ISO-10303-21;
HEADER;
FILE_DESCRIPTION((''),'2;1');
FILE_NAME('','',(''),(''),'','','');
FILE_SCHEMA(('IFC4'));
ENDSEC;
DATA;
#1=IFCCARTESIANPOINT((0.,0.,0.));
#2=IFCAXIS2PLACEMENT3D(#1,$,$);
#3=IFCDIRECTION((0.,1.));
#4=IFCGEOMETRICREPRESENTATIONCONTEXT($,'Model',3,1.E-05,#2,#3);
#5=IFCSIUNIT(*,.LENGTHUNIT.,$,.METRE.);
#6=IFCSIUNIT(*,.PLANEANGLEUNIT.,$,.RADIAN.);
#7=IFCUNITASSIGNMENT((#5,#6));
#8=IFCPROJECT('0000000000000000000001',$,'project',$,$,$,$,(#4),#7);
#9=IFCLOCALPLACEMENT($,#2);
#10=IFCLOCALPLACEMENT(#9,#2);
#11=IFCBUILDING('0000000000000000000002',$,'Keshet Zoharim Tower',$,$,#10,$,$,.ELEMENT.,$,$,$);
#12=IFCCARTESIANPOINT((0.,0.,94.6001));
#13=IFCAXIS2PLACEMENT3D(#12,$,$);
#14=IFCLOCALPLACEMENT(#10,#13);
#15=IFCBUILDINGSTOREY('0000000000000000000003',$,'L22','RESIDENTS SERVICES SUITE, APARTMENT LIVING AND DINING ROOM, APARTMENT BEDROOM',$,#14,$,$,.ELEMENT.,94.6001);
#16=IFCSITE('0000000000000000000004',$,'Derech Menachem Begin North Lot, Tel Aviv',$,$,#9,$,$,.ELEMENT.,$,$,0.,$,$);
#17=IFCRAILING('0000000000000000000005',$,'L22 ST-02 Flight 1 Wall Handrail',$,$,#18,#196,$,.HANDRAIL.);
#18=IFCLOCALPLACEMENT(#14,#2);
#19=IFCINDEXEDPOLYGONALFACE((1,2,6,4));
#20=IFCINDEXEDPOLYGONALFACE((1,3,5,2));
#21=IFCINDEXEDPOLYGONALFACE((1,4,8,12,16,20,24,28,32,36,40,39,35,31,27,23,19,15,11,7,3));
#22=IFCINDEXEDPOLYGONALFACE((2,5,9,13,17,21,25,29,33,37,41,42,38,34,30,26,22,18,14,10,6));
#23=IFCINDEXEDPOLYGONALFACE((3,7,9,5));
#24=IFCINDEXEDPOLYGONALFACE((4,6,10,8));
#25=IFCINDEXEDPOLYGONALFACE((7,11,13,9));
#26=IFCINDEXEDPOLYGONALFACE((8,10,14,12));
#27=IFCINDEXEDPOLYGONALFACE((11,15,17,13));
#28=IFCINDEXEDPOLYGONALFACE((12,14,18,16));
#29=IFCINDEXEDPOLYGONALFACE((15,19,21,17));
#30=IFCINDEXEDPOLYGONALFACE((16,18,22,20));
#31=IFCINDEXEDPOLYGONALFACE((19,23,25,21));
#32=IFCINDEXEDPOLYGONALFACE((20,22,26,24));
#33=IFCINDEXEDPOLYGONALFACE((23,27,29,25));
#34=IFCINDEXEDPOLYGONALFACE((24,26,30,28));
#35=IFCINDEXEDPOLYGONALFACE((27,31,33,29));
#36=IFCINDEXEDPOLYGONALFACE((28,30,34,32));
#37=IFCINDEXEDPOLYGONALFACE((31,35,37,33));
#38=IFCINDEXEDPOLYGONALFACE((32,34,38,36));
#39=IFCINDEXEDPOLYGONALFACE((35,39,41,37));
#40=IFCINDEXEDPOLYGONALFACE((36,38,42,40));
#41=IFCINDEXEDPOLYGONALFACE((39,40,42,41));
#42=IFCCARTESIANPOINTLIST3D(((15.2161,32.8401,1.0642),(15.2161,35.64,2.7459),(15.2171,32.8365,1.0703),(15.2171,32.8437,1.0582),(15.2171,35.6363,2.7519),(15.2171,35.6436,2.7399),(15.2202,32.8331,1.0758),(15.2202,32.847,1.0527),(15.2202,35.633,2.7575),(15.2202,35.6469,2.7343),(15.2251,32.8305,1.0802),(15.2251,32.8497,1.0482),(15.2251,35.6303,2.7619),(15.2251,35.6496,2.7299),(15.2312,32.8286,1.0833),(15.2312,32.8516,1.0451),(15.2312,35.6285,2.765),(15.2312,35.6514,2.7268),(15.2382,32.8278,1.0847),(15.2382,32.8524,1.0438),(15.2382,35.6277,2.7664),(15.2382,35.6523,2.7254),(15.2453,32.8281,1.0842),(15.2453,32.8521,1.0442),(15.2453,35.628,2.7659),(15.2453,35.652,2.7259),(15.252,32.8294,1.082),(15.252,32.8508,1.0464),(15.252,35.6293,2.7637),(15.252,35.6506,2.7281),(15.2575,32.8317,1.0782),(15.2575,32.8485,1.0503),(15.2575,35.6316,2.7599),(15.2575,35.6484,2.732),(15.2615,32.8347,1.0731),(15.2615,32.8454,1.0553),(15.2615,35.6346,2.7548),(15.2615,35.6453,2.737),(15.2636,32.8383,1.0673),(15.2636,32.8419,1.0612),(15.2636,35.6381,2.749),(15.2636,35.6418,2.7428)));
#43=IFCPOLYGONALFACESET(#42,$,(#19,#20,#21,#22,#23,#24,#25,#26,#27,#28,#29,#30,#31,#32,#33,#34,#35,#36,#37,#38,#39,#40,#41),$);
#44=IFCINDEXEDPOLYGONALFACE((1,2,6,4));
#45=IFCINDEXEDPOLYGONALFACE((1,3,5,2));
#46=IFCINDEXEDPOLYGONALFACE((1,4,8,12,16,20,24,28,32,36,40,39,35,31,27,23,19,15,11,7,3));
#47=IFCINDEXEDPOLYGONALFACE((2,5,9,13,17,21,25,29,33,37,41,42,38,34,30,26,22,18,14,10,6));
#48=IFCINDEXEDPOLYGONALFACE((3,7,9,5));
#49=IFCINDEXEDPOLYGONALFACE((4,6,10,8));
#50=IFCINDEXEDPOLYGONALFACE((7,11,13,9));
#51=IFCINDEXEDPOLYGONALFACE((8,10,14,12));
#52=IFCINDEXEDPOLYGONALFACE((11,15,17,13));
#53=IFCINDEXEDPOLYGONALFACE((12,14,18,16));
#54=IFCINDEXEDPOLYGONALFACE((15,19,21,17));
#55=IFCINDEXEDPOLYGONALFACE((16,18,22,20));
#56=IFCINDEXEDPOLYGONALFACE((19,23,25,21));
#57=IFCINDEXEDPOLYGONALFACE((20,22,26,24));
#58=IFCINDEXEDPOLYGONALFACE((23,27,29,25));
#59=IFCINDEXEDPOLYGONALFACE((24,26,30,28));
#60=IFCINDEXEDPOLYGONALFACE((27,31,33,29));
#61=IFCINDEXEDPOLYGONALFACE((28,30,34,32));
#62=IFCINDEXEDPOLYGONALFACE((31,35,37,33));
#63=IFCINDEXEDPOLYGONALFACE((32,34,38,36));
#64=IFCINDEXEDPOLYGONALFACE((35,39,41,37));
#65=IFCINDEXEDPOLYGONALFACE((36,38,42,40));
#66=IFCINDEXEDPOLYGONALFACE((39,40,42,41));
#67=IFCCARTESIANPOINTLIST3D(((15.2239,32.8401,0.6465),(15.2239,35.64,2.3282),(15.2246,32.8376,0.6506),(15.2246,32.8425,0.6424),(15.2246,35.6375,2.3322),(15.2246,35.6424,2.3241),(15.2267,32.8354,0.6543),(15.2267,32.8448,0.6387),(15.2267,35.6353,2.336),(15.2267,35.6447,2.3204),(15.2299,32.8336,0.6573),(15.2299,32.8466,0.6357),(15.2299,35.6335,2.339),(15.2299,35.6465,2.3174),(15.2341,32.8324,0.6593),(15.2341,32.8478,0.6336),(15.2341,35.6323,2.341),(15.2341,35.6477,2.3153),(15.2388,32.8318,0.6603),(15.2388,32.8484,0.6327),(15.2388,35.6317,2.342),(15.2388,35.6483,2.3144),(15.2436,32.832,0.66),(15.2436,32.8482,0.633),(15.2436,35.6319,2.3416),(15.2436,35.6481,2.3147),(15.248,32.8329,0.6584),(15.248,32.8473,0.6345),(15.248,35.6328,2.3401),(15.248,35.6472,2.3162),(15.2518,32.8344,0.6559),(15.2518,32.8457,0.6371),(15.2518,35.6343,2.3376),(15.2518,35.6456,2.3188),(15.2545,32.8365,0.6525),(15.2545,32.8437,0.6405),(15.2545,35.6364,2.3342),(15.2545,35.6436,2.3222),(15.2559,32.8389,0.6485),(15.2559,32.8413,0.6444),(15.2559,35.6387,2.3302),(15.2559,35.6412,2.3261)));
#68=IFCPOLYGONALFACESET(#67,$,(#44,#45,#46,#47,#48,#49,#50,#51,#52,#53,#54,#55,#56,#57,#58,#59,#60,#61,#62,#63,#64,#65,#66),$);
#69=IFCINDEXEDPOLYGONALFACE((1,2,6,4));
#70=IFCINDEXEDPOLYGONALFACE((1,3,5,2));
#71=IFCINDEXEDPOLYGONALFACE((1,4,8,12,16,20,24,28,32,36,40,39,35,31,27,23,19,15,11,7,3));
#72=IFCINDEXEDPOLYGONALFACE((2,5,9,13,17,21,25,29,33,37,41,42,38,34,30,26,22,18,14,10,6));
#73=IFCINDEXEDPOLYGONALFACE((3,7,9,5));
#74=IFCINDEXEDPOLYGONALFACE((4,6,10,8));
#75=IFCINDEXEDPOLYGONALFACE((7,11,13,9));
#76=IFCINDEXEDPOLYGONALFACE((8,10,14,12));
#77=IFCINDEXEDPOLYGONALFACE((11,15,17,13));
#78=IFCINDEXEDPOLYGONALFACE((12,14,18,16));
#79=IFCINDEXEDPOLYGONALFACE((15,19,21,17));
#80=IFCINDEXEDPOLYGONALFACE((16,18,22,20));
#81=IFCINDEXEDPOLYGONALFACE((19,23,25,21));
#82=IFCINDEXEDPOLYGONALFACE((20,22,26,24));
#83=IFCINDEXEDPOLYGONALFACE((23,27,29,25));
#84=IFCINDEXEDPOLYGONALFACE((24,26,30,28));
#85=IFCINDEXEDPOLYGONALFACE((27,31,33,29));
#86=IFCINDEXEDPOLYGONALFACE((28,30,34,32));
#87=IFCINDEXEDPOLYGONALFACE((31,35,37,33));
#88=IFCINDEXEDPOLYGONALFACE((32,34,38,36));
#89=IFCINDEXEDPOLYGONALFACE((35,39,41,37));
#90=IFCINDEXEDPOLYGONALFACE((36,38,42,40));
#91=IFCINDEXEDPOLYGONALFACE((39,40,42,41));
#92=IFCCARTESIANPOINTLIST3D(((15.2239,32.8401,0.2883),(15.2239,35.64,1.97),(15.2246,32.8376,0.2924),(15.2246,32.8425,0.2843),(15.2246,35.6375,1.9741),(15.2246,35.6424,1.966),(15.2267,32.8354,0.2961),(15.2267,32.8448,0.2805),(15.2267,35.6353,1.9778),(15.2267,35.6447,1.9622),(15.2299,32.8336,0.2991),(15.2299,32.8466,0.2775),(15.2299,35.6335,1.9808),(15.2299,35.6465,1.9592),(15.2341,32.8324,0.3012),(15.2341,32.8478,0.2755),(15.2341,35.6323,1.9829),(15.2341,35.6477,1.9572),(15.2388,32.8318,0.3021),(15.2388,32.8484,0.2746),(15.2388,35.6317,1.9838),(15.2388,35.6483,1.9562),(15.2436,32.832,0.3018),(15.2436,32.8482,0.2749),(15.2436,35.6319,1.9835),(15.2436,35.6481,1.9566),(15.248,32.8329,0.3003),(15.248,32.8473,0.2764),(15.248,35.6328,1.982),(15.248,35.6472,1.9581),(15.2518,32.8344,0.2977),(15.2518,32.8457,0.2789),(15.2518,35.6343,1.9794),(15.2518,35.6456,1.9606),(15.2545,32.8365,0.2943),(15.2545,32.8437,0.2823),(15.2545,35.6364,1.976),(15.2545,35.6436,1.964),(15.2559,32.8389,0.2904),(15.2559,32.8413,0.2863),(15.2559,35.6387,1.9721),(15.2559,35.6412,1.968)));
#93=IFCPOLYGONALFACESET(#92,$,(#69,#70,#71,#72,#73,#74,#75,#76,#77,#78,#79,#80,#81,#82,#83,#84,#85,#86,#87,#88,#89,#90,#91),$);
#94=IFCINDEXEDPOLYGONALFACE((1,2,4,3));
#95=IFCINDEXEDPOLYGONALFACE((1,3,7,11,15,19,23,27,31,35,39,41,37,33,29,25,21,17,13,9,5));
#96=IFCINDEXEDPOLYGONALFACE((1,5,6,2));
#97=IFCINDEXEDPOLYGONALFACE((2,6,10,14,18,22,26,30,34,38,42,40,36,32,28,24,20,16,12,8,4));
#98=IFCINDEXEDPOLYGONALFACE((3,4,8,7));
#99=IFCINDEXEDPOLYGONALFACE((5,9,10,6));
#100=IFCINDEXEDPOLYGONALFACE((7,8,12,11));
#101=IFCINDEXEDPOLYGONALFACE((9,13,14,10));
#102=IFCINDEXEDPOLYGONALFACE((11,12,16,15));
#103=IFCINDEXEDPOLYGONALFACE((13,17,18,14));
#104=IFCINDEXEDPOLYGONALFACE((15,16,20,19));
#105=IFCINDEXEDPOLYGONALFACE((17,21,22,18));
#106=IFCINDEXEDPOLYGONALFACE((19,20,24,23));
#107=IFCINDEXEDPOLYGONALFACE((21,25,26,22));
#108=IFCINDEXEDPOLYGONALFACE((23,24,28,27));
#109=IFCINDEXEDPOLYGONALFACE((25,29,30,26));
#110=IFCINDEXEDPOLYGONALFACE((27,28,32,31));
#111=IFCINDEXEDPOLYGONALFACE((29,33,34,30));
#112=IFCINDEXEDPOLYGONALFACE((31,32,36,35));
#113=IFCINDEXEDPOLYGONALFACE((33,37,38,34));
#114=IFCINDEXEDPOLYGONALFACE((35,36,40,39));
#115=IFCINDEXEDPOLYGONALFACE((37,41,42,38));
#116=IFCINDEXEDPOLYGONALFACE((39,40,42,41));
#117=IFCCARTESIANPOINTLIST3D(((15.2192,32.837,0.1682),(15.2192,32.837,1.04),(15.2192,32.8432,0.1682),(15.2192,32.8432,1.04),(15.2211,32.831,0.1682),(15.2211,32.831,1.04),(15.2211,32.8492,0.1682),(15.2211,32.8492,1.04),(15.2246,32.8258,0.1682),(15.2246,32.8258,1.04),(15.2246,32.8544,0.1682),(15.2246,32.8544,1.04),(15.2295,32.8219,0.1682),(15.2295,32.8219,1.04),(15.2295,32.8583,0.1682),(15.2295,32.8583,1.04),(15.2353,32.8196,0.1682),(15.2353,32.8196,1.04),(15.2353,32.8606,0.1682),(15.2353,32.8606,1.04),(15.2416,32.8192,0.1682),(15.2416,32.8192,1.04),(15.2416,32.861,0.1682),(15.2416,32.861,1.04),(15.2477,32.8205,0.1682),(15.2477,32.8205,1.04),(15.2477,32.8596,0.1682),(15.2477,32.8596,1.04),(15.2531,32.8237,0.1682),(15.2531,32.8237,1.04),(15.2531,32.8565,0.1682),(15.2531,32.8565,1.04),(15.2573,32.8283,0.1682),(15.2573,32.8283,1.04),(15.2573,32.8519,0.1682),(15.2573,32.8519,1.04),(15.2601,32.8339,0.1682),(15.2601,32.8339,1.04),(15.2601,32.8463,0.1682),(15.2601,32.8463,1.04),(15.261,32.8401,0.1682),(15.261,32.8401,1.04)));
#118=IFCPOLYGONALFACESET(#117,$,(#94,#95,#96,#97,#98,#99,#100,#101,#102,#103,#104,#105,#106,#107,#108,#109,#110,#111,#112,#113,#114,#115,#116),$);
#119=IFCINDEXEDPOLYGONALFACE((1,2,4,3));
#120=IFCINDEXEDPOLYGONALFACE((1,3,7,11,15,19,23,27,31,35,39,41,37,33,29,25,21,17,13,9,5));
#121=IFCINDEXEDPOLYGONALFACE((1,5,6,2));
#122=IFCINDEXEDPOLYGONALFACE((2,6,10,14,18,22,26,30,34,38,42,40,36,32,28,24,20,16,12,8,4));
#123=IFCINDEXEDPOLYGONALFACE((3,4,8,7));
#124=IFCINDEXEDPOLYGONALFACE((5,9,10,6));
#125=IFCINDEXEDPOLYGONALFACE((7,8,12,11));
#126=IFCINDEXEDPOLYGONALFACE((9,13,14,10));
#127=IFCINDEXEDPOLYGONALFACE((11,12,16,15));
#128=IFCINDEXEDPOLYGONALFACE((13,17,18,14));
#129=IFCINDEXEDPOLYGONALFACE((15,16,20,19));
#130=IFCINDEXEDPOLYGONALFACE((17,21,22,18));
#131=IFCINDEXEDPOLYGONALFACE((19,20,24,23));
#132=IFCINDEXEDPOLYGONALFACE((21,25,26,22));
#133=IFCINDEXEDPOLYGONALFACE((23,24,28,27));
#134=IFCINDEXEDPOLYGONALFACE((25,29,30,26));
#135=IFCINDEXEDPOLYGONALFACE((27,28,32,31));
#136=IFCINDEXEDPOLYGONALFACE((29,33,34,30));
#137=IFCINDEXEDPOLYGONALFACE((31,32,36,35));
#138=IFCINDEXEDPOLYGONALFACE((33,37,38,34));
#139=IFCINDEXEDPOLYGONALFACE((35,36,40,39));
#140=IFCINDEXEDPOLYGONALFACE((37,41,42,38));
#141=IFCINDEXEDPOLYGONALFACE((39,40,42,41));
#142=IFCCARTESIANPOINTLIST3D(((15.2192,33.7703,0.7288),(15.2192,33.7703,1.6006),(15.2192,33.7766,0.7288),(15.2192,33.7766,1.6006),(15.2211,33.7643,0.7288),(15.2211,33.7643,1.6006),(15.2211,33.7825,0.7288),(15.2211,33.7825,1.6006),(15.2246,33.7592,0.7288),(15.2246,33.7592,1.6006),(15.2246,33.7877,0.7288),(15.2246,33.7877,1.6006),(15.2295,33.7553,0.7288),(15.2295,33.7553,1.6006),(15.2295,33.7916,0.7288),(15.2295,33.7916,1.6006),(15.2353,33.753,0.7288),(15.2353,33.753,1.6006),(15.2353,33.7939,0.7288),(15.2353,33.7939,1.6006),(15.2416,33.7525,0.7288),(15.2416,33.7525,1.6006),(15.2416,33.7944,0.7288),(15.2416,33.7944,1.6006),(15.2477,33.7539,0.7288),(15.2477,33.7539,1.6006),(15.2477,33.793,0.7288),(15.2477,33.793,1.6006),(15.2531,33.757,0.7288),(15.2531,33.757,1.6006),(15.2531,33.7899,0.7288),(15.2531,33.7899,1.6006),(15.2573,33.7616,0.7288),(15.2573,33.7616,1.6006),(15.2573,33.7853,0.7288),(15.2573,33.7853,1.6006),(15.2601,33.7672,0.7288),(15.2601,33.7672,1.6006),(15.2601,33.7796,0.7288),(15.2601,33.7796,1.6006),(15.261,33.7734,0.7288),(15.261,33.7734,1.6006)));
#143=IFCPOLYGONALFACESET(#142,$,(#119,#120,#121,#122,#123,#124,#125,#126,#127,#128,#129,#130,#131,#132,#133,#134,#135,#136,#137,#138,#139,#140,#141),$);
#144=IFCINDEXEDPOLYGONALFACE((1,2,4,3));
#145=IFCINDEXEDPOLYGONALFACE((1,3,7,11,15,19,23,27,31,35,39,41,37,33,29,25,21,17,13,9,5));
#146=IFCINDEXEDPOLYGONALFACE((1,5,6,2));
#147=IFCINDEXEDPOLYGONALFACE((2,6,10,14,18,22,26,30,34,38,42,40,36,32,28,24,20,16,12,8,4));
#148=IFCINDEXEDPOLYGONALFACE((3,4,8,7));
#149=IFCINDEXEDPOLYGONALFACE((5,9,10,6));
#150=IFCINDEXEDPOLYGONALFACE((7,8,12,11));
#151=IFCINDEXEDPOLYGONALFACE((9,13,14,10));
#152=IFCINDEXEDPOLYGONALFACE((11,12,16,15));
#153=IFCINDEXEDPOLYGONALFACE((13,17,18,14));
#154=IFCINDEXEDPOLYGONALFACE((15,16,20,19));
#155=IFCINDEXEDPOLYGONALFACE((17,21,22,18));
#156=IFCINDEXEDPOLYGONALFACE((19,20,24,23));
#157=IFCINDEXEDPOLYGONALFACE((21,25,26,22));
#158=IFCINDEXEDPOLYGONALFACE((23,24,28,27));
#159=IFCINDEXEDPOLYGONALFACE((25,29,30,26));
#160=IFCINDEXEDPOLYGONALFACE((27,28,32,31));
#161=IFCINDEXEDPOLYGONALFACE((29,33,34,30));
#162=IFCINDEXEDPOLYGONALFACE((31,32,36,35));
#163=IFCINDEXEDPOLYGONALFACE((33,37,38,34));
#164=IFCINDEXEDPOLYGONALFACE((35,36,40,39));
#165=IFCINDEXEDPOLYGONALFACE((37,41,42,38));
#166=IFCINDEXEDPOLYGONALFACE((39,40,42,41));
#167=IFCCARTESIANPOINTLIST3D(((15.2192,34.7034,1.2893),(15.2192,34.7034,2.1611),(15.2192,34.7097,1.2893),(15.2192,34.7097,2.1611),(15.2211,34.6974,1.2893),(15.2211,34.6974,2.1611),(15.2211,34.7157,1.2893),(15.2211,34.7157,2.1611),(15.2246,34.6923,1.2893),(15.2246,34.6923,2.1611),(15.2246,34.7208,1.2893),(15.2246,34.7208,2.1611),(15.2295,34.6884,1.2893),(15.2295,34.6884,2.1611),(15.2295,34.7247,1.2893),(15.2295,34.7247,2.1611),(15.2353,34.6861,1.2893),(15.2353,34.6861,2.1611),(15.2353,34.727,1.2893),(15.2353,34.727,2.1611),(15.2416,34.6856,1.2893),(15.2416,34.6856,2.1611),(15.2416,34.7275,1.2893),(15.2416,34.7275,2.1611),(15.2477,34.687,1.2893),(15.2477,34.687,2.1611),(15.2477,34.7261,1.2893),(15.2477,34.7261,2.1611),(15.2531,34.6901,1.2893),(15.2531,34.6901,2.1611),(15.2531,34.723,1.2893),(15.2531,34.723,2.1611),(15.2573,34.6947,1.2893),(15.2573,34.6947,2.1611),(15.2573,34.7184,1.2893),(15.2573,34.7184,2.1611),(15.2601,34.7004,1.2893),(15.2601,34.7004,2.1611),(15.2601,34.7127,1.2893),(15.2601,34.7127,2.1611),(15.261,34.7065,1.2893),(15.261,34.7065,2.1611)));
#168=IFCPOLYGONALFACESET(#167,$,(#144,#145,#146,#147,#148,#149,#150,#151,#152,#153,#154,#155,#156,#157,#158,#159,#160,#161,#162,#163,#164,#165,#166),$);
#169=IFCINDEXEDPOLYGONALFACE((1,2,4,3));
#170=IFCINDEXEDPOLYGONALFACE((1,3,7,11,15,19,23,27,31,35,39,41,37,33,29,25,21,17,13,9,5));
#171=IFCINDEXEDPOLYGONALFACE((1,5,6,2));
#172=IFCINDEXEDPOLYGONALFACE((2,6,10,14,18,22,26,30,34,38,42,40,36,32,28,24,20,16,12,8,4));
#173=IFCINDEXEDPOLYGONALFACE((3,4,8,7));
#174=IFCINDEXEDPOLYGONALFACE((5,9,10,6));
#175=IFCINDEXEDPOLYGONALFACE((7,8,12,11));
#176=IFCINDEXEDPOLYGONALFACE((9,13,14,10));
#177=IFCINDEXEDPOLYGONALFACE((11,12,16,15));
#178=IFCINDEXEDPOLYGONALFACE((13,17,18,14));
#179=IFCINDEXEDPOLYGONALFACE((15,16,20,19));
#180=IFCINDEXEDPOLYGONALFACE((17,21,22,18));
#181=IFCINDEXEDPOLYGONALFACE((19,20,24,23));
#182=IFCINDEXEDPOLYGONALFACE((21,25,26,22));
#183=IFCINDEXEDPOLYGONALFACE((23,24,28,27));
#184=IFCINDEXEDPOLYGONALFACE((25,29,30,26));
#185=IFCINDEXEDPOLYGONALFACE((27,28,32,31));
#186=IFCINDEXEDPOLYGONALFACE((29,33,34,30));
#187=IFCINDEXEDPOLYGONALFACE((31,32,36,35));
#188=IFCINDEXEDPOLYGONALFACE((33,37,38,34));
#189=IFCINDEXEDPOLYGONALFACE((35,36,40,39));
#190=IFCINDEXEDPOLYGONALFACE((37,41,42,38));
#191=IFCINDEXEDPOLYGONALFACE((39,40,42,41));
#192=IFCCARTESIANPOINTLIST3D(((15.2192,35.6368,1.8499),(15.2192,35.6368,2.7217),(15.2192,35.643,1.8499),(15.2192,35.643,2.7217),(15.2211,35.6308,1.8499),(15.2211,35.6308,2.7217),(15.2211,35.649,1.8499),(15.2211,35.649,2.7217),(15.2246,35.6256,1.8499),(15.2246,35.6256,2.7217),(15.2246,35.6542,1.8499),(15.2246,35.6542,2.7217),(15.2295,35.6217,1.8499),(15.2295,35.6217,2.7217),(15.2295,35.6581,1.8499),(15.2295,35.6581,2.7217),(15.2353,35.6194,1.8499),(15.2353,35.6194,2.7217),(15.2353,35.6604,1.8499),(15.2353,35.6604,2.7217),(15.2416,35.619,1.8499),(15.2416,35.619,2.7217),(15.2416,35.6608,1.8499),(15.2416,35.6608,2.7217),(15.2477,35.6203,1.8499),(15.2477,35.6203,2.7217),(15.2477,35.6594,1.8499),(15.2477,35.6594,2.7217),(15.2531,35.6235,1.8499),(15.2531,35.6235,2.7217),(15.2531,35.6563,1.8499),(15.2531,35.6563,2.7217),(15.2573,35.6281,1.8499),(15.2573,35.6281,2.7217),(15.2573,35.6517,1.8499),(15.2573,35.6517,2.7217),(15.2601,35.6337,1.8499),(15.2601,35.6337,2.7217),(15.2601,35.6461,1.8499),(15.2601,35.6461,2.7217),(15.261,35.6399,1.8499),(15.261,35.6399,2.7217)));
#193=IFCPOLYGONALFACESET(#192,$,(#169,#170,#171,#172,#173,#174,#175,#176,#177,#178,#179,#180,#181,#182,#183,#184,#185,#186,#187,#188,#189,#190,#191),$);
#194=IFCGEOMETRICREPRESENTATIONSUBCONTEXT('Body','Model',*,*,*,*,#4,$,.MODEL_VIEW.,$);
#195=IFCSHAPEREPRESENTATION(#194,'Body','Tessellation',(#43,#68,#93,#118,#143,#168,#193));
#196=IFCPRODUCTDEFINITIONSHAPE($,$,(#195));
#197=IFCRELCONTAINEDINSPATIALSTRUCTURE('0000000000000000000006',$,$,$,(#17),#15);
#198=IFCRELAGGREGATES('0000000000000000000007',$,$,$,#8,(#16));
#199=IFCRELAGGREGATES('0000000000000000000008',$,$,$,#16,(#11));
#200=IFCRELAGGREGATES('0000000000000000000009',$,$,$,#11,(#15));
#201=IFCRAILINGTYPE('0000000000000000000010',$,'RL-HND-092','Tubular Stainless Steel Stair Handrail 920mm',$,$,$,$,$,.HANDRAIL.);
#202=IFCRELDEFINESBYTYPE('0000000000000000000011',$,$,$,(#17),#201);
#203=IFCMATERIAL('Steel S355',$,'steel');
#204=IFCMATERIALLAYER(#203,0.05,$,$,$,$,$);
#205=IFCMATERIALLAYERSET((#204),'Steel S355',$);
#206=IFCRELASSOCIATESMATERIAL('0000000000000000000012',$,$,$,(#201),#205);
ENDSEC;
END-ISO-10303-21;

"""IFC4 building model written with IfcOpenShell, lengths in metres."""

from ifc_helpers import new_model, si_unit, direction, frame, origin, origin_2d, place, context, subcontext, project, spatial, circle, extrude, material, layer, layer_set, type_object, element, save


model = new_model("IFC4")

# Units and contexts
model_context = context("Model", 3, precision=1e-05, world=origin(), true_north=direction((0.0, 1.0)))
body_context = subcontext(model_context, "Body", "Model", "MODEL_VIEW")
ifc_project = project(units=[si_unit("LENGTHUNIT", "METRE"), si_unit("PLANEANGLEUNIT", "RADIAN")], contexts=[model_context])

# Site, building, storey
site_placement = place(None, origin())
site = spatial("IfcSite", under=ifc_project, at=site_placement, Name="Derech Menachem Begin North Lot, Tel Aviv", CompositionType="ELEMENT", RefElevation=0.0)
building_placement = place(site_placement, origin())
building = spatial("IfcBuilding", under=site, at=building_placement, Name="Keshet Zoharim Tower", CompositionType="ELEMENT")
storey_placement = place(building_placement, frame((0.0, 0.0, 94.6001)))
storey = spatial("IfcBuildingStorey", under=building, at=storey_placement, Name="L22", Description="RESIDENTS SERVICES SUITE, APARTMENT LIVING AND DINING ROOM, APARTMENT BEDROOM", CompositionType="ELEMENT", Elevation=94.6001)

# Shared definitions
ifc_material_1 = material(Name="Steel S355", Category="steel")

# Railing
ifc_layer_1 = layer(ifc_material_1, 0.05)
ifc_layer_set_1 = layer_set([ifc_layer_1], Name="Steel S355")
railing_type_1 = type_object("IfcRailingType", Name="RL-HND-092", Description="Tubular Stainless Steel Stair Handrail 920mm", PredefinedType="HANDRAIL", material=ifc_layer_set_1)
railing_1_placement = place(storey_placement, frame((15.24, 32.8401, 0.1682)))
element("IfcRailing", 1, at=railing_1_placement, inside=storey, type_object=railing_type_1, Name="L22 ST-02 Flight 1 Wall Handrail", PredefinedType="HANDRAIL", context=body_context, shape_type="SweptSolid", body=[
    extrude(circle(Radius=0.0239, at=origin_2d()), frame((0.0, 0.0, 0.896), z_axis=(0.0, 0.857255, 0.514891), x_axis=(-1.0, 0.0, 0.0)), (0.0, 0.0, 1.0), 3.2661),
    extrude(circle(Radius=0.0161, at=origin_2d()), frame((0.0, 0.0, 0.4783), z_axis=(0.0, 0.857255, 0.514891), x_axis=(-1.0, 0.0, 0.0)), (0.0, 0.0, 1.0), 3.2661),
    extrude(circle(Radius=0.0161, at=origin_2d()), frame((0.0, 0.0, 0.1201), z_axis=(0.0, 0.857255, 0.514891), x_axis=(-1.0, 0.0, 0.0)), (0.0, 0.0, 1.0), 3.2661),
    extrude(circle(Radius=0.021, at=origin_2d()), origin(), (0.0, 0.0, 1.0), 0.8718),
    extrude(circle(Radius=0.021, at=origin_2d()), frame((0.0, 0.9333, 0.5605)), (0.0, 0.0, 1.0), 0.8718),
    extrude(circle(Radius=0.021, at=origin_2d()), frame((0.0, 1.8665, 1.1211)), (0.0, 0.0, 1.0), 0.8718),
    extrude(circle(Radius=0.021, at=origin_2d()), frame((0.0, 2.7998, 1.6816)), (0.0, 0.0, 1.0), 0.8718),
])

save(model, "model.ifc")
